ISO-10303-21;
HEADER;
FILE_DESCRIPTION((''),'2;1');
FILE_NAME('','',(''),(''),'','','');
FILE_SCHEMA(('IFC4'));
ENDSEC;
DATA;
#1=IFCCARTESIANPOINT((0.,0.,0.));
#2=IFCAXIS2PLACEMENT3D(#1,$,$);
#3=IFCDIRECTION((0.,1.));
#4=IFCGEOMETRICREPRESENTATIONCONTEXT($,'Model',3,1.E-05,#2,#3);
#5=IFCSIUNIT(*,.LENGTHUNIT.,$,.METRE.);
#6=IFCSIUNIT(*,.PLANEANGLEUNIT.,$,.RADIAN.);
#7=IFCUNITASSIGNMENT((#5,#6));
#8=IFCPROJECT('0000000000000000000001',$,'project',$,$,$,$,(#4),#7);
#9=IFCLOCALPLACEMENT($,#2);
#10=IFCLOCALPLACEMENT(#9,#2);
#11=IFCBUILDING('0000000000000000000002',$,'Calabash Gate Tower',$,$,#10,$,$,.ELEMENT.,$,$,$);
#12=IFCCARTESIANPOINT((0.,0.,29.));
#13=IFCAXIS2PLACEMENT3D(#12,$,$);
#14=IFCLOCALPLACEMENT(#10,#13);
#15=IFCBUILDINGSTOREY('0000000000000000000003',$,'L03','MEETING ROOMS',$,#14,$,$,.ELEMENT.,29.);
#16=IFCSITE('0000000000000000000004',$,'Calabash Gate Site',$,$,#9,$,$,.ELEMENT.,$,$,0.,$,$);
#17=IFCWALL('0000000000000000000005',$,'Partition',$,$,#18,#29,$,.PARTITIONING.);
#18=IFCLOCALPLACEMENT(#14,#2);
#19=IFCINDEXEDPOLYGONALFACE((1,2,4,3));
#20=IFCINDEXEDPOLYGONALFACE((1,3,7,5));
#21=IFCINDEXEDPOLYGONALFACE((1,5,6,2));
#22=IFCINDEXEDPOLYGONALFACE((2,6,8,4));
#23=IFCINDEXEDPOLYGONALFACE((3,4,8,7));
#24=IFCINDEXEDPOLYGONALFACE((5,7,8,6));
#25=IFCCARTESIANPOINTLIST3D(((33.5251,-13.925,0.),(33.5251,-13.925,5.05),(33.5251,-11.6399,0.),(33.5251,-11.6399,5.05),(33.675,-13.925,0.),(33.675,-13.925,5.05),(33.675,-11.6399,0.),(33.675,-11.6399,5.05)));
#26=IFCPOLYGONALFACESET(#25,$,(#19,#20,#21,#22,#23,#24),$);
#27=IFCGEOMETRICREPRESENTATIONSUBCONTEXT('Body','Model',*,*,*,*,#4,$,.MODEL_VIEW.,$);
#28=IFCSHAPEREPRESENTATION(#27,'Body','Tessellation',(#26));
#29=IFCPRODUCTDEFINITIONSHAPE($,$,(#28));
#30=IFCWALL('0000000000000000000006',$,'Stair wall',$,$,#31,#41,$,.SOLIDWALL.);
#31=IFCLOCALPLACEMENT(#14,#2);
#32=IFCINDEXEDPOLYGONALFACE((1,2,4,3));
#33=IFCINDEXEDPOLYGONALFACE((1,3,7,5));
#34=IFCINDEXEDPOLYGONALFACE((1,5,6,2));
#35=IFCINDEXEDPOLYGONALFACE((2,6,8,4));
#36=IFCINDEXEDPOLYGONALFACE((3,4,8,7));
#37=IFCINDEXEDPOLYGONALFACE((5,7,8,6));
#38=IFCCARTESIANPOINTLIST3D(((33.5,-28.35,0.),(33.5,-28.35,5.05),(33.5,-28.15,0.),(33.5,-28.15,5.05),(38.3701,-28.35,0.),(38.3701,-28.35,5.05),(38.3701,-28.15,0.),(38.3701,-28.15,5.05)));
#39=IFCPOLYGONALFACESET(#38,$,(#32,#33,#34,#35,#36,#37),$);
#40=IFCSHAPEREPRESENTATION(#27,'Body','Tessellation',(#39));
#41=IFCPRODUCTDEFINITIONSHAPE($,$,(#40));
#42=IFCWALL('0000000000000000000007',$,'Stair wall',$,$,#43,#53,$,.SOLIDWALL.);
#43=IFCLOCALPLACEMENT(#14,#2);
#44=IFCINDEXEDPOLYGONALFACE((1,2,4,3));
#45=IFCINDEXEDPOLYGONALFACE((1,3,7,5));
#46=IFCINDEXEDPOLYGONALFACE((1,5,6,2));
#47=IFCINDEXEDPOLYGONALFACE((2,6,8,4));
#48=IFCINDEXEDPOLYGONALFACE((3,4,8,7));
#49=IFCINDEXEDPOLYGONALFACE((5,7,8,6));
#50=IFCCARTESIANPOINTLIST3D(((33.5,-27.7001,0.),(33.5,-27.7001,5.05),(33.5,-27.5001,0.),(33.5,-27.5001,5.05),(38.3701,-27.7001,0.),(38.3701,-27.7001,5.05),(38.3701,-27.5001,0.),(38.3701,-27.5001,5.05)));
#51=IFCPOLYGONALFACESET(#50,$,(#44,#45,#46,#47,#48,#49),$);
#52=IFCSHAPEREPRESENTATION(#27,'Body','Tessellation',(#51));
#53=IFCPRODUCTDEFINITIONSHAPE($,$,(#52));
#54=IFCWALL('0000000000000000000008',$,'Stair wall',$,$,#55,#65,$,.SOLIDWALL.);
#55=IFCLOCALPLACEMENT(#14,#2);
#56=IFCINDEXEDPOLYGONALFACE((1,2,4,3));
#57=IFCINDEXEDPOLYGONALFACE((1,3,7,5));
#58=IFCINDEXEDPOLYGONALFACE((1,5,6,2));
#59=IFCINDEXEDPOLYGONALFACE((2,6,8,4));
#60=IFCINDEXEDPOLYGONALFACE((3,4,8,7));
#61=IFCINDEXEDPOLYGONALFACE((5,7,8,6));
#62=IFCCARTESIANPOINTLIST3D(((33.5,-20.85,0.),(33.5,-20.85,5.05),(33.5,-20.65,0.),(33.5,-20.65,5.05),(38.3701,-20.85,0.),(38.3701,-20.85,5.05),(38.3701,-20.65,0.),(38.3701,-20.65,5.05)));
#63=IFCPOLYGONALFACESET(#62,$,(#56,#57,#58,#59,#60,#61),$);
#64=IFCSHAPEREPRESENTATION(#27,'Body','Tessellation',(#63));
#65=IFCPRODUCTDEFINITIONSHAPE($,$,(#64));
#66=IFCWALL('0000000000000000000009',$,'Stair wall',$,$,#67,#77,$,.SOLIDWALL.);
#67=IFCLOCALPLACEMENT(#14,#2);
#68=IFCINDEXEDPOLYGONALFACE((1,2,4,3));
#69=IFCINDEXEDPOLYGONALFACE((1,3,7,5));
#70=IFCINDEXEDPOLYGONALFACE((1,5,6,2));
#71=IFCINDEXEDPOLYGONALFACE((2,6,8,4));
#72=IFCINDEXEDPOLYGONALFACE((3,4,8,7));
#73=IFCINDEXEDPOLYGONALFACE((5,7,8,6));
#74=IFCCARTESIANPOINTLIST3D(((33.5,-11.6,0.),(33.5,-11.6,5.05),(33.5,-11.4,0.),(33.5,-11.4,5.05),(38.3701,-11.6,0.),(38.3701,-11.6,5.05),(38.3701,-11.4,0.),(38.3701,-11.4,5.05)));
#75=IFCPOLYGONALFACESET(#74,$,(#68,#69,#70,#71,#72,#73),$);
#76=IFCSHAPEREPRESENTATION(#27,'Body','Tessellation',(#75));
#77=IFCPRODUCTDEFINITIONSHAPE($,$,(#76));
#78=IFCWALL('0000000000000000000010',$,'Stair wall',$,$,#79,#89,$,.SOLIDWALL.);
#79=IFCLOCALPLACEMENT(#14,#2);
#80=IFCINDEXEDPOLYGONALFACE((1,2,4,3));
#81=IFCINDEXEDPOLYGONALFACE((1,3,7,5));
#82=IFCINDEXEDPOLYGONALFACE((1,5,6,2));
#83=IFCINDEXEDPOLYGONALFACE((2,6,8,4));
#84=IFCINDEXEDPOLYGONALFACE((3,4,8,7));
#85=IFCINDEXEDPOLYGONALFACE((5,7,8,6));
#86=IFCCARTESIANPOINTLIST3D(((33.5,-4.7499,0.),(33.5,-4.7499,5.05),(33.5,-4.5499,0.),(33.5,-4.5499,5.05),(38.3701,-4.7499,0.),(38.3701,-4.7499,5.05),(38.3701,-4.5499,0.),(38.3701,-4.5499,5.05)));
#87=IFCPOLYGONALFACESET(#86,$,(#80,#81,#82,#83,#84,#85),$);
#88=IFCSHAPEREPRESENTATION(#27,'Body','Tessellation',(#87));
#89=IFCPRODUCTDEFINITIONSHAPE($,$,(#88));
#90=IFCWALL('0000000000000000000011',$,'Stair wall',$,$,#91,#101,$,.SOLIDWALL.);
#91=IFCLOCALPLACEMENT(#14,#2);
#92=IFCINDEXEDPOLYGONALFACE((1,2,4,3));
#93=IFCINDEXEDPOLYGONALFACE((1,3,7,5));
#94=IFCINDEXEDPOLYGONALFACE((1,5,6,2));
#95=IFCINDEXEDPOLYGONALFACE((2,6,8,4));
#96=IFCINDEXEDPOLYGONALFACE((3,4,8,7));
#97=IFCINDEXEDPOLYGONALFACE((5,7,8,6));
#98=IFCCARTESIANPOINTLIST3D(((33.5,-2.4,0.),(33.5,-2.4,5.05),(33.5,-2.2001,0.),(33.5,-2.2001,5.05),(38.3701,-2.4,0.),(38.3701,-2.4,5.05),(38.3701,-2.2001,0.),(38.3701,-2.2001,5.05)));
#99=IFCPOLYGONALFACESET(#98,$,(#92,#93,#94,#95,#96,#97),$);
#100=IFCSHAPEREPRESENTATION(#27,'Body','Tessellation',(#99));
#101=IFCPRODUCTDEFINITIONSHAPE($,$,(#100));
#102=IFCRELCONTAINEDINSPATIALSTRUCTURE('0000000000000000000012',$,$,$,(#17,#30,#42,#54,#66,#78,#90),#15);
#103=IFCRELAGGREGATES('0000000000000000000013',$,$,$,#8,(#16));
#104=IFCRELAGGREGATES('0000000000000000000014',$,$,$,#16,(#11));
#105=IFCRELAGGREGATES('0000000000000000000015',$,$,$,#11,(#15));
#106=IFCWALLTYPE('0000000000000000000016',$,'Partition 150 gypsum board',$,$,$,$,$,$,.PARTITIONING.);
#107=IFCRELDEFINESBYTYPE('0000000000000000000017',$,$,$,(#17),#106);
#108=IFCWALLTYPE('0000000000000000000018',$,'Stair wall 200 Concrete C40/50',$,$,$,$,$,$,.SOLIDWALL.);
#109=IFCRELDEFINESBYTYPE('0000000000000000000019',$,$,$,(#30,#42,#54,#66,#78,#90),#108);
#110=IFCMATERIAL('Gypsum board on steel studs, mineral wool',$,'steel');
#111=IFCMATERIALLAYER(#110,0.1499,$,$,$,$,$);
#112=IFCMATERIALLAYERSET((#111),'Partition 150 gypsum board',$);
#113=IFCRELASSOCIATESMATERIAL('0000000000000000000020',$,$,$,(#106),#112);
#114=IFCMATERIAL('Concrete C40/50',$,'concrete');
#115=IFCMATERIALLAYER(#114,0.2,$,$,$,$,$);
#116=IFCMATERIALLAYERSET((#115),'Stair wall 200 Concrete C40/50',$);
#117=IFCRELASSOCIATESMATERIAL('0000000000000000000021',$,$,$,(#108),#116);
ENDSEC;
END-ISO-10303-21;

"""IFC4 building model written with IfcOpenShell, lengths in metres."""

from ifc_helpers import new_model, si_unit, direction, frame, frame_2d, origin, place, context, subcontext, project, spatial, rectangle, extrude, material, layer, layer_set, type_object, element, save


model = new_model("IFC4")

# Units and contexts
model_context = context("Model", 3, precision=1e-05, world=origin(), true_north=direction((0.0, 1.0)))
body_context = subcontext(model_context, "Body", "Model", "MODEL_VIEW")
ifc_project = project(units=[si_unit("LENGTHUNIT", "METRE"), si_unit("PLANEANGLEUNIT", "RADIAN")], contexts=[model_context])

# Site, building, storey
site_placement = place(None, origin())
site = spatial("IfcSite", under=ifc_project, at=site_placement, Name="Calabash Gate Site", CompositionType="ELEMENT", RefElevation=0.0)
building_placement = place(site_placement, origin())
building = spatial("IfcBuilding", under=site, at=building_placement, Name="Calabash Gate Tower", CompositionType="ELEMENT")
storey_placement = place(building_placement, frame((0.0, 0.0, 29.0)))
storey = spatial("IfcBuildingStorey", under=building, at=storey_placement, Name="L03", Description="MEETING ROOMS", CompositionType="ELEMENT", Elevation=29.0)

# Shared definitions
ifc_material_1 = material(Name="Gypsum board on steel studs, mineral wool", Category="steel")
ifc_layer_1 = layer(ifc_material_1, 0.1499)
ifc_layer_set_1 = layer_set([ifc_layer_1], Name="Partition 150 gypsum board")
wall_type_1 = type_object("IfcWallType", Name="Partition 150 gypsum board", PredefinedType="PARTITIONING", material=ifc_layer_set_1)

# Walls
wall_1_placement = place(storey_placement, frame((33.6001, -13.925, 0.0), z_axis=(0.0, 0.0, 1.0), x_axis=(0.0, 1.0, 0.0)))
element("IfcWall", 1, at=wall_1_placement, inside=storey, type_object=wall_type_1, Name="Partition", PredefinedType="PARTITIONING", context=body_context, shape_type="SweptSolid", body=[
    extrude(rectangle(XDim=2.2852, YDim=0.1499, at=frame_2d((1.1426, 0.0))), origin(), (0.0, 0.0, 1.0), 5.05),
])
ifc_material_2 = material(Name="Concrete C40/50", Category="concrete")
ifc_layer_2 = layer(ifc_material_2, 0.2)
ifc_layer_set_2 = layer_set([ifc_layer_2], Name="Stair wall 200 Concrete C40/50")
wall_type_2 = type_object("IfcWallType", Name="Stair wall 200 Concrete C40/50", PredefinedType="SOLIDWALL", material=ifc_layer_set_2)
for number, where, z_axis, x_axis, name in (
    (2, (33.5, -28.25, 0.0), (0.0, 0.0, 1.0), (1.0, 0.0, 0.0), "Stair wall"),
    (3, (33.5, -27.6001, 0.0), (0.0, 0.0, 1.0), (1.0, 0.0, 0.0), "Stair wall"),
    (4, (33.5, -20.75, 0.0), (0.0, 0.0, 1.0), (1.0, 0.0, 0.0), "Stair wall"),
):
    element("IfcWall", number, at=place(storey_placement, frame(where, z_axis=z_axis, x_axis=x_axis)), inside=storey, type_object=wall_type_2, Name=name, PredefinedType="SOLIDWALL", context=body_context, shape_type="SweptSolid", body=[
        extrude(rectangle(XDim=4.8701, YDim=0.2, at=frame_2d((2.4351, 0.0))), origin(), (0.0, 0.0, 1.0), 5.05),
    ])

# Walls
for number, where, z_axis, x_axis, name in (
    (5, (33.5, -11.5, 0.0), (0.0, 0.0, 1.0), (1.0, 0.0, 0.0), "Stair wall"),
    (6, (33.5, -4.6499, 0.0), (0.0, 0.0, 1.0), (1.0, 0.0, 0.0), "Stair wall"),
    (7, (33.5, -2.3, 0.0), (0.0, 0.0, 1.0), (1.0, 0.0, 0.0), "Stair wall"),
):
    element("IfcWall", number, at=place(storey_placement, frame(where, z_axis=z_axis, x_axis=x_axis)), inside=storey, type_object=wall_type_2, Name=name, PredefinedType="SOLIDWALL", context=body_context, shape_type="SweptSolid", body=[
        extrude(rectangle(XDim=4.8701, YDim=0.2, at=frame_2d((2.4351, 0.0))), origin(), (0.0, 0.0, 1.0), 5.05),
    ])

save(model, "model.ifc")
